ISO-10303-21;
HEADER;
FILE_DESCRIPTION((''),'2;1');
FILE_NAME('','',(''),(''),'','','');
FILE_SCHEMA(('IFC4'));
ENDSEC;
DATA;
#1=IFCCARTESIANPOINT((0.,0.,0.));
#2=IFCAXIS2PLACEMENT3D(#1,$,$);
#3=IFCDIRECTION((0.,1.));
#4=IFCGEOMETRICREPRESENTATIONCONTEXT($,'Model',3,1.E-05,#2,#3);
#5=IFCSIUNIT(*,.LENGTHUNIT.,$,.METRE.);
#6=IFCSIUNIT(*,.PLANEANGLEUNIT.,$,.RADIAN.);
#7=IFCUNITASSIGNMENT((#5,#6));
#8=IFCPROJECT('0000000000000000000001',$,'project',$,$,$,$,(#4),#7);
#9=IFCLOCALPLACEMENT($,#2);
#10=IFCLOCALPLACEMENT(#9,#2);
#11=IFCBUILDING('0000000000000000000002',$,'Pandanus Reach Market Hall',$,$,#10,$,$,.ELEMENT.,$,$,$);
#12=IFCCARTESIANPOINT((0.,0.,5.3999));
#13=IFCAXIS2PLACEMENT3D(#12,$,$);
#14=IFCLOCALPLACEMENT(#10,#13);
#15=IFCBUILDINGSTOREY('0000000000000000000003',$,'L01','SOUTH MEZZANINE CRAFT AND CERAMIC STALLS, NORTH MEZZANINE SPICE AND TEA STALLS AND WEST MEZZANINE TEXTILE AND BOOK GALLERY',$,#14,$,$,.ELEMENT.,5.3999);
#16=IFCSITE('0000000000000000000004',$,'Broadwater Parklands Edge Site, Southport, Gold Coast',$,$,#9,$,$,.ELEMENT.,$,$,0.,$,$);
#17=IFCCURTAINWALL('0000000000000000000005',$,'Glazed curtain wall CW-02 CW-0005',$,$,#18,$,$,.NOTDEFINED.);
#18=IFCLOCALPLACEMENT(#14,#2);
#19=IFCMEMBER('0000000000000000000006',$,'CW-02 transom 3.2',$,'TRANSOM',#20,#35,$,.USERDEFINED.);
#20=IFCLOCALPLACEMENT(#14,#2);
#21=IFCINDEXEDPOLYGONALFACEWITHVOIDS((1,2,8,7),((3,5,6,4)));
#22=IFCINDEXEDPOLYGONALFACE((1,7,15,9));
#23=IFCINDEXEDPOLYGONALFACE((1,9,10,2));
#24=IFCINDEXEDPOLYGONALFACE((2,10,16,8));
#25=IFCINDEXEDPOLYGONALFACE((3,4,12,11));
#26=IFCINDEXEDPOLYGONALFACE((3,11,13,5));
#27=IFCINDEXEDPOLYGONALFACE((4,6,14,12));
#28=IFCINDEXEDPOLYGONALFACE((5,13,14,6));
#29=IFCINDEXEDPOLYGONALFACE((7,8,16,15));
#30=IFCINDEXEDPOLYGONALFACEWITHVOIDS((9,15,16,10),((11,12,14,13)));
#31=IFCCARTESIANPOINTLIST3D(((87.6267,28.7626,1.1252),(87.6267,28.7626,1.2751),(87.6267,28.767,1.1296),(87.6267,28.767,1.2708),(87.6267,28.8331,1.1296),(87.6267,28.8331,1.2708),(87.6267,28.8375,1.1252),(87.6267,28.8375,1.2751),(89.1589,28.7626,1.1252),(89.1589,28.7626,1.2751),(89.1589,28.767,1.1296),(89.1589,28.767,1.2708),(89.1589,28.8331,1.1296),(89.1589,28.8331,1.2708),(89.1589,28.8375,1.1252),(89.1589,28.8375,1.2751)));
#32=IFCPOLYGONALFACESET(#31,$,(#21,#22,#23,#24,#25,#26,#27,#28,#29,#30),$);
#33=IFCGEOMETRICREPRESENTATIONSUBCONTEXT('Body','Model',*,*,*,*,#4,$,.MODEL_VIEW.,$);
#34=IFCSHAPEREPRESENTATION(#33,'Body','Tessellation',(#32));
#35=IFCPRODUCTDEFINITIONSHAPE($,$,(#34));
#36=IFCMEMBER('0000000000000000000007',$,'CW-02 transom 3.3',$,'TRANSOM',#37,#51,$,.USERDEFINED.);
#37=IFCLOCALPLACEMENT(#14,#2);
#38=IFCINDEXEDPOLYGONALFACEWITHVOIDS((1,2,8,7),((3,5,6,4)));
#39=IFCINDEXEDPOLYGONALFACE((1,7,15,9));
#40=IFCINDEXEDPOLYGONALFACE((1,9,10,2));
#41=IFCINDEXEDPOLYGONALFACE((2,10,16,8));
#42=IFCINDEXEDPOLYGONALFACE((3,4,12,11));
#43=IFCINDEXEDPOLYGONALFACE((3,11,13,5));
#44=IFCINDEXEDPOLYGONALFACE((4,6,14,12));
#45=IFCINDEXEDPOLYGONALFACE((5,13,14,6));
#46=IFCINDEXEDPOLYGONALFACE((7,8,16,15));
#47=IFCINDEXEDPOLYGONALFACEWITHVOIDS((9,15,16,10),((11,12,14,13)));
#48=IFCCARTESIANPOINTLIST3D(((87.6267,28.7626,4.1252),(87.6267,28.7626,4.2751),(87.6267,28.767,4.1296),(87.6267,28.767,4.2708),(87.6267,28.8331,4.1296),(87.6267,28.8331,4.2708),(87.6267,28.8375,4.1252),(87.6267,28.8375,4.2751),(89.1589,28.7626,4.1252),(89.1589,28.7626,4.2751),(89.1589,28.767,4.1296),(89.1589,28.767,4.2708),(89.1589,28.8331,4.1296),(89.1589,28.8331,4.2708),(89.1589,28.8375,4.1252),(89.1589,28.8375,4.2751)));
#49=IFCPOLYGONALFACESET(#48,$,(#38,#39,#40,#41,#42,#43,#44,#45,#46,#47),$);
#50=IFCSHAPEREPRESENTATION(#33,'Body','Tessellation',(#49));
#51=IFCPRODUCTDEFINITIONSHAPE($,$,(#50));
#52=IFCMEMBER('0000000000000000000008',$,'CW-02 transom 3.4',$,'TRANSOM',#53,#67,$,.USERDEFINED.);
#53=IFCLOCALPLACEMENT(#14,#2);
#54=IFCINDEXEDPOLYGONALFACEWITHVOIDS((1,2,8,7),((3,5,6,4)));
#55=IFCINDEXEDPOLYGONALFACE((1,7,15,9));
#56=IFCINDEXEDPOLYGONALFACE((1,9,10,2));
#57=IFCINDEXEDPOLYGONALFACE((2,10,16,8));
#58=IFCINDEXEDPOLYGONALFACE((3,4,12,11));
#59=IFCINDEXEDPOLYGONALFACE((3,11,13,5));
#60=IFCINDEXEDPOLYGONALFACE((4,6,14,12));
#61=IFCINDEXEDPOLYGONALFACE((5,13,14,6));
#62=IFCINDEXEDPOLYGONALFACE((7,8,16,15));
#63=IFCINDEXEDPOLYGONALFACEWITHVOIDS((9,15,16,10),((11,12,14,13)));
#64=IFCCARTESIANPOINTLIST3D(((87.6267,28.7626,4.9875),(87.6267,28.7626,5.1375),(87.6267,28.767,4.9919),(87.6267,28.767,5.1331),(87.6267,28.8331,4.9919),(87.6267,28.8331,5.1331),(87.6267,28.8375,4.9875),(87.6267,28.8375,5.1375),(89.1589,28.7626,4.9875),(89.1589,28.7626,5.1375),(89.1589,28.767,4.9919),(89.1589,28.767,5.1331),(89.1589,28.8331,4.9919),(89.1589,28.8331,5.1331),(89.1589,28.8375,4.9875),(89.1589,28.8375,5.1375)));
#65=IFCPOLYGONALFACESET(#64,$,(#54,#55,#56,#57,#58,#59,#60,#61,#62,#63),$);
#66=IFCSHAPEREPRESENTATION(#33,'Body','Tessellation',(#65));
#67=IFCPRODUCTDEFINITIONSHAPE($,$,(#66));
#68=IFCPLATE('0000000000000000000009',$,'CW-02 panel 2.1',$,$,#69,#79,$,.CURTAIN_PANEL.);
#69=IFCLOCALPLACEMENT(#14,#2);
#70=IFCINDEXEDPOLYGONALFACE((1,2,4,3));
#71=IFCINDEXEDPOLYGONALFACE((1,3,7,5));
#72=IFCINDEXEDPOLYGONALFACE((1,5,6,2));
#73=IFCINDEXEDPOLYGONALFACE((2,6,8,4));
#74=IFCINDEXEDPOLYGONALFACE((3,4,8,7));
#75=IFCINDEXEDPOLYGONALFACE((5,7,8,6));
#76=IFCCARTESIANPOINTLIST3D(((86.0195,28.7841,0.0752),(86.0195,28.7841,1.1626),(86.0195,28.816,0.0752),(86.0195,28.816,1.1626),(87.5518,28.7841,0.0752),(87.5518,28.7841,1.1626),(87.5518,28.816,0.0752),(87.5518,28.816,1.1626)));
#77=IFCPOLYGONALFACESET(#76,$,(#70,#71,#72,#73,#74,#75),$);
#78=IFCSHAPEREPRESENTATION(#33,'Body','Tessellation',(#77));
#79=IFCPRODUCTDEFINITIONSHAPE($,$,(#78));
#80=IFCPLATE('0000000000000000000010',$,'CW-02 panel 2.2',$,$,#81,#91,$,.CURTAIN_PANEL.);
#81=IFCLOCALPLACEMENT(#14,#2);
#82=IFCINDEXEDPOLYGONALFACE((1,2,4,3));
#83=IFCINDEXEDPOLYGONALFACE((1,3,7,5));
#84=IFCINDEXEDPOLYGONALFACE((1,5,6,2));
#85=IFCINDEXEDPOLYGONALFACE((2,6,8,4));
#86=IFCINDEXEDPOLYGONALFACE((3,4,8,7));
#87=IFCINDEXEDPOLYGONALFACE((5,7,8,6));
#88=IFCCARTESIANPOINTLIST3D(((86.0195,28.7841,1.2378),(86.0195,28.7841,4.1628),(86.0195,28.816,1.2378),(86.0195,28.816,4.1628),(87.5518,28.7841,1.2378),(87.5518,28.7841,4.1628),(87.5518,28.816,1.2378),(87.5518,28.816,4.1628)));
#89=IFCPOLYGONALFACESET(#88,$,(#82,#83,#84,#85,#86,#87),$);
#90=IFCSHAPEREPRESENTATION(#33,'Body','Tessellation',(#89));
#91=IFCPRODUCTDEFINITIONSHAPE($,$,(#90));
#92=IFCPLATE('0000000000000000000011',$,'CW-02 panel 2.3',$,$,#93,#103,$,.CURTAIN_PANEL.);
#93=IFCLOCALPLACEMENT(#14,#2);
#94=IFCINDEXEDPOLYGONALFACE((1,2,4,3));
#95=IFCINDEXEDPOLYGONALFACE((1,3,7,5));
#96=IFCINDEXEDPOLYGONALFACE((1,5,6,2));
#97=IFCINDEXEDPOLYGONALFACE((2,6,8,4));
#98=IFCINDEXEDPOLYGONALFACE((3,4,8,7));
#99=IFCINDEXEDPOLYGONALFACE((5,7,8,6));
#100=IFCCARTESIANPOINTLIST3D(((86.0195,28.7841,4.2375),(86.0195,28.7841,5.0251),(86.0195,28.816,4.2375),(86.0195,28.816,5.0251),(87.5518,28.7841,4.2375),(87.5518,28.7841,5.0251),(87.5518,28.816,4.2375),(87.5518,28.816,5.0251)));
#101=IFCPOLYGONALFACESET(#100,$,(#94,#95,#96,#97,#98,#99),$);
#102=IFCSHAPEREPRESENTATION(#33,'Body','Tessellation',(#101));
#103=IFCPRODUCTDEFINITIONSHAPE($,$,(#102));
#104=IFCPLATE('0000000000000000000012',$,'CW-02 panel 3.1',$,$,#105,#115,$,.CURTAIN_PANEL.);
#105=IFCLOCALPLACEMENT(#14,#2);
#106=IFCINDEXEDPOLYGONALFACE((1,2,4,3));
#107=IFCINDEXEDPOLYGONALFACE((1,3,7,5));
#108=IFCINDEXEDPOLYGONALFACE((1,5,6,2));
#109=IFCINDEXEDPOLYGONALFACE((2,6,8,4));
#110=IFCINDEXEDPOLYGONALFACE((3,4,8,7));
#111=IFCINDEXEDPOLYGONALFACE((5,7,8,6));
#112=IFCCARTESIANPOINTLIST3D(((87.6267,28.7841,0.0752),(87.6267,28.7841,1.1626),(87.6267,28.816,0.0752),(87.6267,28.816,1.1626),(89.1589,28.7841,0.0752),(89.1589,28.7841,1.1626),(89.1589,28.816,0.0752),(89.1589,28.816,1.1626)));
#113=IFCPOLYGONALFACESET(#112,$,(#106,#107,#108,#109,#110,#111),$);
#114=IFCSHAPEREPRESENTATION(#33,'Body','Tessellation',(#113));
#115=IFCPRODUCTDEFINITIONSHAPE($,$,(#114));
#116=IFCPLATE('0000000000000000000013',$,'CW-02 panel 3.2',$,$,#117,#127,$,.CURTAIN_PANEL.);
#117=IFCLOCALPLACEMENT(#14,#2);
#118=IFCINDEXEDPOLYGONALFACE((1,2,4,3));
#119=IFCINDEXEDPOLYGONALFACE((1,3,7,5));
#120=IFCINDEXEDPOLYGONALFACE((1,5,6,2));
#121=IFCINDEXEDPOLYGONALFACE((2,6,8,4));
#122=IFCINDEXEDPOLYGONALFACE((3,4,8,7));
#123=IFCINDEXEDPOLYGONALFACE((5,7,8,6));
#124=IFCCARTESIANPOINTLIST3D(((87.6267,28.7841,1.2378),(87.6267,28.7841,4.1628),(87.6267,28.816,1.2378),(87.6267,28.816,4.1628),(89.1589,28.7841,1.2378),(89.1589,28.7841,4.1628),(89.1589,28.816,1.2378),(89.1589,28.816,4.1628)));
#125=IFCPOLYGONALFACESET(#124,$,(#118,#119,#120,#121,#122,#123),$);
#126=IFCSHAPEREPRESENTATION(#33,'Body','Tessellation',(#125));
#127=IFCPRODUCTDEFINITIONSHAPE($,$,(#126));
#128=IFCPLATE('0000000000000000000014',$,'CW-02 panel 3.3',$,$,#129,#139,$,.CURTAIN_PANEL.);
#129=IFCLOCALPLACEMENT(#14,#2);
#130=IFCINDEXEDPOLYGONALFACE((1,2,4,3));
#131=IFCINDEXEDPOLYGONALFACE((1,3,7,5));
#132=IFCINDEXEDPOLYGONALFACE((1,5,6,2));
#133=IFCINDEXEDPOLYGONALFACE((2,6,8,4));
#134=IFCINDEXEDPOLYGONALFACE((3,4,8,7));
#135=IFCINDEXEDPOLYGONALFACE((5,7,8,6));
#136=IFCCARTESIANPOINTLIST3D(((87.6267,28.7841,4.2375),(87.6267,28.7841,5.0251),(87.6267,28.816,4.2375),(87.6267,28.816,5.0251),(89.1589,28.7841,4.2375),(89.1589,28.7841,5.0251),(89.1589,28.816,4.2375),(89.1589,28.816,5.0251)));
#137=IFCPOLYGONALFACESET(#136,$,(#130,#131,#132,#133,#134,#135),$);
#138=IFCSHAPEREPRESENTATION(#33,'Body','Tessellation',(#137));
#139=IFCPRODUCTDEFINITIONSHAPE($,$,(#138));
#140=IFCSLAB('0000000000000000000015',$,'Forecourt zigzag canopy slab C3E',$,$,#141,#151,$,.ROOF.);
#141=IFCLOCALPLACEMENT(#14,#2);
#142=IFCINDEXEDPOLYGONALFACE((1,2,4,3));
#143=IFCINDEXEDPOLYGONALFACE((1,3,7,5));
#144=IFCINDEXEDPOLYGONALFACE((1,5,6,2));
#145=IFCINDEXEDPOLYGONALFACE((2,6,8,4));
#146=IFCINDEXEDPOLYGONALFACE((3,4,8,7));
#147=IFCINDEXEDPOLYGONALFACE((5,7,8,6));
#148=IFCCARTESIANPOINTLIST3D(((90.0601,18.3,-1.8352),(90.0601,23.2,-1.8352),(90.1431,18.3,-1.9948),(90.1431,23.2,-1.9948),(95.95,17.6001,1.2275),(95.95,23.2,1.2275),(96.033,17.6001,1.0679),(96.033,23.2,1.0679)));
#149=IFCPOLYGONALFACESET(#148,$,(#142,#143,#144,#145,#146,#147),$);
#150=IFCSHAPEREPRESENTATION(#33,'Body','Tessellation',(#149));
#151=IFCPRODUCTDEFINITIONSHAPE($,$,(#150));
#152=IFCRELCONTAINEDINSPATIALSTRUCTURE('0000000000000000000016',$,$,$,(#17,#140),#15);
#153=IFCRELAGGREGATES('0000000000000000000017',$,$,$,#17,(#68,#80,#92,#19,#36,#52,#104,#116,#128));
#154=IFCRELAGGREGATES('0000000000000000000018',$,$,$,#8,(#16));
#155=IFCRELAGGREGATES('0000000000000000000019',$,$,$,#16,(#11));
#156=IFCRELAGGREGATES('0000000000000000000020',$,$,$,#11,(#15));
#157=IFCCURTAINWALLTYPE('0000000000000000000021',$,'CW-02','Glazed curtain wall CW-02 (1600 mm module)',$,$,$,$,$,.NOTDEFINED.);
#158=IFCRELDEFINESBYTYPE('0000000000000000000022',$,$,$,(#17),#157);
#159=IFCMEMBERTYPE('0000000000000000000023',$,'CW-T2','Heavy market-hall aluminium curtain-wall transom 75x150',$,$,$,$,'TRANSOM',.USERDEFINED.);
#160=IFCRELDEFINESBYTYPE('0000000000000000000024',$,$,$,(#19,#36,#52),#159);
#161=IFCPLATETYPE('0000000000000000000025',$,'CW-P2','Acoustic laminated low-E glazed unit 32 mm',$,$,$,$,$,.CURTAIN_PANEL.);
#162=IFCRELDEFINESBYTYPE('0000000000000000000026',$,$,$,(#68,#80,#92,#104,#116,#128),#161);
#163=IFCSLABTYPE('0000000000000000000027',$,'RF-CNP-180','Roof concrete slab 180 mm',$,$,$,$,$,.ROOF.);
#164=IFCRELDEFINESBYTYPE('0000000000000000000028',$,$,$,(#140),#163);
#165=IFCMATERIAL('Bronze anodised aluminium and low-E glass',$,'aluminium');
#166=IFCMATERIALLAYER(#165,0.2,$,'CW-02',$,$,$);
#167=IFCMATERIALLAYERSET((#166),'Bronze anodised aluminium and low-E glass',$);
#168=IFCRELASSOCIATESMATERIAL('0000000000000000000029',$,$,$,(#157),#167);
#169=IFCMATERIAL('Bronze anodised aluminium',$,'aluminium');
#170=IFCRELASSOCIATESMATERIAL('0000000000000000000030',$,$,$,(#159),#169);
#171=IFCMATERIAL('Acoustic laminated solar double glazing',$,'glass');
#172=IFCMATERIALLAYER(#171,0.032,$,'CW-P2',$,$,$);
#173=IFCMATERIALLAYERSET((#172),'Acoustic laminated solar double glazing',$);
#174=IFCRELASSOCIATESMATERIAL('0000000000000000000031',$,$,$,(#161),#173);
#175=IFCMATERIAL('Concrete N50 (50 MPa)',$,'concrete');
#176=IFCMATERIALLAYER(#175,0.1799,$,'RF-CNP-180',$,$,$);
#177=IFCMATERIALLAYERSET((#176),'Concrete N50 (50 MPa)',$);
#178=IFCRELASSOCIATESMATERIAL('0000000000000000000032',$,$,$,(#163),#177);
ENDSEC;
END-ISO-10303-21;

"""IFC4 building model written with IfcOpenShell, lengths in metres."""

from ifc_helpers import new_model, si_unit, direction, frame, origin, origin_2d, place, context, subcontext, project, spatial, polyline, rectangle, hollow_rectangle, outline, extrude, material, layer, layer_set, material_profile, profile_set, type_object, element, aggregate, save


model = new_model("IFC4")

# Units and contexts
model_context = context("Model", 3, precision=1e-05, world=origin(), true_north=direction((0.0, 1.0)))
body_context = subcontext(model_context, "Body", "Model", "MODEL_VIEW")
ifc_project = project(units=[si_unit("LENGTHUNIT", "METRE"), si_unit("PLANEANGLEUNIT", "RADIAN")], contexts=[model_context])

# Site, building, storey
site_placement = place(None, origin())
site = spatial("IfcSite", under=ifc_project, at=site_placement, Name="Broadwater Parklands Edge Site, Southport, Gold Coast", CompositionType="ELEMENT", RefElevation=0.0)
building_placement = place(site_placement, origin())
building = spatial("IfcBuilding", under=site, at=building_placement, Name="Pandanus Reach Market Hall", CompositionType="ELEMENT")
storey_placement = place(building_placement, frame((0.0, 0.0, 5.3999)))
storey = spatial("IfcBuildingStorey", under=building, at=storey_placement, Name="L01", Description="SOUTH MEZZANINE CRAFT AND CERAMIC STALLS, NORTH MEZZANINE SPICE AND TEA STALLS AND WEST MEZZANINE TEXTILE AND BOOK GALLERY", CompositionType="ELEMENT", Elevation=5.3999)

# Curtain wall, members, plates
ifc_material_1 = material(Name="Bronze anodised aluminium and low-E glass", Category="aluminium")
ifc_layer_1 = layer(ifc_material_1, 0.2, Name="CW-02")
ifc_layer_set_1 = layer_set([ifc_layer_1], Name="Bronze anodised aluminium and low-E glass")
curtain_wall_type = type_object("IfcCurtainWallType", Name="CW-02", Description="Glazed curtain wall CW-02 (1600 mm module)", PredefinedType="NOTDEFINED", material=ifc_layer_set_1)
curtain_wall_placement = place(storey_placement, origin())
curtain_wall = element("IfcCurtainWall", 1, at=curtain_wall_placement, inside=storey, type_object=curtain_wall_type, Name="Glazed curtain wall CW-02 CW-0005", PredefinedType="NOTDEFINED")
ifc_material_2 = material(Name="Bronze anodised aluminium", Category="aluminium")
ifc_material_profile_1 = material_profile(ifc_material_2, hollow_rectangle(XDim=0.075, YDim=0.1499, WallThickness=0.0044, at=origin_2d()), Name="ALU75x150", Category="LoadBearing")
ifc_profile_set_1 = profile_set([ifc_material_profile_1], Name="Bronze anodised aluminium")
member_type_1 = type_object("IfcMemberType", Name="CW-T2", Description="Heavy market-hall aluminium curtain-wall transom 75x150", ElementType="TRANSOM", PredefinedType="USERDEFINED", material=ifc_profile_set_1)
member_1_placement = place(storey_placement, frame((87.6267, 28.8, 1.2002), z_axis=(1.0, 0.0, 0.0), x_axis=(0.0, 1.0, 0.0)))
member_1 = element("IfcMember", 2, at=member_1_placement, type_object=member_type_1, Name="CW-02 transom 3.2", ObjectType="TRANSOM", PredefinedType="USERDEFINED", context=body_context, shape_type="SweptSolid", body=[
    extrude(hollow_rectangle(XDim=0.075, YDim=0.1499, WallThickness=0.0044, at=origin_2d()), origin(), (0.0, 0.0, 1.0), 1.5322),
])
member_2_placement = place(storey_placement, frame((87.6267, 28.8, 4.2002), z_axis=(1.0, 0.0, 0.0), x_axis=(0.0, 1.0, 0.0)))
member_2 = element("IfcMember", 3, at=member_2_placement, type_object=member_type_1, Name="CW-02 transom 3.3", ObjectType="TRANSOM", PredefinedType="USERDEFINED", context=body_context, shape_type="SweptSolid", body=[
    extrude(hollow_rectangle(XDim=0.075, YDim=0.1499, WallThickness=0.0044, at=origin_2d()), origin(), (0.0, 0.0, 1.0), 1.5322),
])
member_3_placement = place(storey_placement, frame((87.6267, 28.8, 5.0625), z_axis=(1.0, 0.0, 0.0), x_axis=(0.0, 1.0, 0.0)))
member_3 = element("IfcMember", 4, at=member_3_placement, type_object=member_type_1, Name="CW-02 transom 3.4", ObjectType="TRANSOM", PredefinedType="USERDEFINED", context=body_context, shape_type="SweptSolid", body=[
    extrude(hollow_rectangle(XDim=0.075, YDim=0.1499, WallThickness=0.0044, at=origin_2d()), origin(), (0.0, 0.0, 1.0), 1.5322),
])
ifc_material_3 = material(Name="Acoustic laminated solar double glazing", Category="glass")
ifc_layer_2 = layer(ifc_material_3, 0.032, Name="CW-P2")
ifc_layer_set_2 = layer_set([ifc_layer_2], Name="Acoustic laminated solar double glazing")
plate_type = type_object("IfcPlateType", Name="CW-P2", Description="Acoustic laminated low-E glazed unit 32 mm", PredefinedType="CURTAIN_PANEL", material=ifc_layer_set_2)
plate_1_placement = place(storey_placement, frame((86.7856, 28.8, 0.0752), z_axis=(0.0, 0.0, 1.0), x_axis=(1.0, 0.0, 0.0)))
plate_1 = element("IfcPlate", 5, at=plate_1_placement, type_object=plate_type, Name="CW-02 panel 2.1", PredefinedType="CURTAIN_PANEL", context=body_context, shape_type="SweptSolid", body=[
    extrude(rectangle(XDim=1.5322, YDim=0.032, at=origin_2d()), origin(), (0.0, 0.0, 1.0), 1.0874),
])
plate_2_placement = place(storey_placement, frame((86.7856, 28.8, 1.2378), z_axis=(0.0, 0.0, 1.0), x_axis=(1.0, 0.0, 0.0)))
plate_2 = element("IfcPlate", 6, at=plate_2_placement, type_object=plate_type, Name="CW-02 panel 2.2", PredefinedType="CURTAIN_PANEL", context=body_context, shape_type="SweptSolid", body=[
    extrude(rectangle(XDim=1.5322, YDim=0.032, at=origin_2d()), origin(), (0.0, 0.0, 1.0), 2.925),
])
plate_3_placement = place(storey_placement, frame((86.7856, 28.8, 4.2375), z_axis=(0.0, 0.0, 1.0), x_axis=(1.0, 0.0, 0.0)))
plate_3 = element("IfcPlate", 7, at=plate_3_placement, type_object=plate_type, Name="CW-02 panel 2.3", PredefinedType="CURTAIN_PANEL", context=body_context, shape_type="SweptSolid", body=[
    extrude(rectangle(XDim=1.5322, YDim=0.032, at=origin_2d()), origin(), (0.0, 0.0, 1.0), 0.7876),
])
plate_4_placement = place(storey_placement, frame((88.3928, 28.8, 0.0752), z_axis=(0.0, 0.0, 1.0), x_axis=(1.0, 0.0, 0.0)))
plate_4 = element("IfcPlate", 8, at=plate_4_placement, type_object=plate_type, Name="CW-02 panel 3.1", PredefinedType="CURTAIN_PANEL", context=body_context, shape_type="SweptSolid", body=[
    extrude(rectangle(XDim=1.5322, YDim=0.032, at=origin_2d()), origin(), (0.0, 0.0, 1.0), 1.0874),
])
plate_5_placement = place(storey_placement, frame((88.3928, 28.8, 1.2378), z_axis=(0.0, 0.0, 1.0), x_axis=(1.0, 0.0, 0.0)))
plate_5 = element("IfcPlate", 9, at=plate_5_placement, type_object=plate_type, Name="CW-02 panel 3.2", PredefinedType="CURTAIN_PANEL", context=body_context, shape_type="SweptSolid", body=[
    extrude(rectangle(XDim=1.5322, YDim=0.032, at=origin_2d()), origin(), (0.0, 0.0, 1.0), 2.925),
])
plate_6_placement = place(storey_placement, frame((88.3928, 28.8, 4.2375), z_axis=(0.0, 0.0, 1.0), x_axis=(1.0, 0.0, 0.0)))
plate_6 = element("IfcPlate", 10, at=plate_6_placement, type_object=plate_type, Name="CW-02 panel 3.3", PredefinedType="CURTAIN_PANEL", context=body_context, shape_type="SweptSolid", body=[
    extrude(rectangle(XDim=1.5322, YDim=0.032, at=origin_2d()), origin(), (0.0, 0.0, 1.0), 0.7876),
])
aggregate(curtain_wall, [plate_1, plate_2, plate_3, member_1, member_2, member_3, plate_4, plate_5, plate_6])

# Slab
ifc_material_4 = material(Name="Concrete N50 (50 MPa)", Category="concrete")
ifc_layer_3 = layer(ifc_material_4, 0.1799, Name="RF-CNP-180")
ifc_layer_set_3 = layer_set([ifc_layer_3], Name="Concrete N50 (50 MPa)")
slab_type = type_object("IfcSlabType", Name="RF-CNP-180", Description="Roof concrete slab 180 mm", PredefinedType="ROOF", material=ifc_layer_set_3)
slab_placement = place(storey_placement, frame((90.0601, 18.3, -1.8352), z_axis=(-0.461353, 0.0, 0.887217), x_axis=(0.882326, -0.104855, 0.45881)))
element("IfcSlab", 11, at=slab_placement, inside=storey, type_object=slab_type, Name="Forecourt zigzag canopy slab C3E", PredefinedType="ROOF", context=body_context, shape_type="SweptSolid", body=[
    extrude(outline(polyline([(0.0, 0.0), (6.6754, 0.0), (6.0882, 5.569), (-0.5138, 4.8729), (0.0, 0.0)])), origin(), (0.0, 0.0, -1.0), 0.1799),
])

save(model, "model.ifc")
